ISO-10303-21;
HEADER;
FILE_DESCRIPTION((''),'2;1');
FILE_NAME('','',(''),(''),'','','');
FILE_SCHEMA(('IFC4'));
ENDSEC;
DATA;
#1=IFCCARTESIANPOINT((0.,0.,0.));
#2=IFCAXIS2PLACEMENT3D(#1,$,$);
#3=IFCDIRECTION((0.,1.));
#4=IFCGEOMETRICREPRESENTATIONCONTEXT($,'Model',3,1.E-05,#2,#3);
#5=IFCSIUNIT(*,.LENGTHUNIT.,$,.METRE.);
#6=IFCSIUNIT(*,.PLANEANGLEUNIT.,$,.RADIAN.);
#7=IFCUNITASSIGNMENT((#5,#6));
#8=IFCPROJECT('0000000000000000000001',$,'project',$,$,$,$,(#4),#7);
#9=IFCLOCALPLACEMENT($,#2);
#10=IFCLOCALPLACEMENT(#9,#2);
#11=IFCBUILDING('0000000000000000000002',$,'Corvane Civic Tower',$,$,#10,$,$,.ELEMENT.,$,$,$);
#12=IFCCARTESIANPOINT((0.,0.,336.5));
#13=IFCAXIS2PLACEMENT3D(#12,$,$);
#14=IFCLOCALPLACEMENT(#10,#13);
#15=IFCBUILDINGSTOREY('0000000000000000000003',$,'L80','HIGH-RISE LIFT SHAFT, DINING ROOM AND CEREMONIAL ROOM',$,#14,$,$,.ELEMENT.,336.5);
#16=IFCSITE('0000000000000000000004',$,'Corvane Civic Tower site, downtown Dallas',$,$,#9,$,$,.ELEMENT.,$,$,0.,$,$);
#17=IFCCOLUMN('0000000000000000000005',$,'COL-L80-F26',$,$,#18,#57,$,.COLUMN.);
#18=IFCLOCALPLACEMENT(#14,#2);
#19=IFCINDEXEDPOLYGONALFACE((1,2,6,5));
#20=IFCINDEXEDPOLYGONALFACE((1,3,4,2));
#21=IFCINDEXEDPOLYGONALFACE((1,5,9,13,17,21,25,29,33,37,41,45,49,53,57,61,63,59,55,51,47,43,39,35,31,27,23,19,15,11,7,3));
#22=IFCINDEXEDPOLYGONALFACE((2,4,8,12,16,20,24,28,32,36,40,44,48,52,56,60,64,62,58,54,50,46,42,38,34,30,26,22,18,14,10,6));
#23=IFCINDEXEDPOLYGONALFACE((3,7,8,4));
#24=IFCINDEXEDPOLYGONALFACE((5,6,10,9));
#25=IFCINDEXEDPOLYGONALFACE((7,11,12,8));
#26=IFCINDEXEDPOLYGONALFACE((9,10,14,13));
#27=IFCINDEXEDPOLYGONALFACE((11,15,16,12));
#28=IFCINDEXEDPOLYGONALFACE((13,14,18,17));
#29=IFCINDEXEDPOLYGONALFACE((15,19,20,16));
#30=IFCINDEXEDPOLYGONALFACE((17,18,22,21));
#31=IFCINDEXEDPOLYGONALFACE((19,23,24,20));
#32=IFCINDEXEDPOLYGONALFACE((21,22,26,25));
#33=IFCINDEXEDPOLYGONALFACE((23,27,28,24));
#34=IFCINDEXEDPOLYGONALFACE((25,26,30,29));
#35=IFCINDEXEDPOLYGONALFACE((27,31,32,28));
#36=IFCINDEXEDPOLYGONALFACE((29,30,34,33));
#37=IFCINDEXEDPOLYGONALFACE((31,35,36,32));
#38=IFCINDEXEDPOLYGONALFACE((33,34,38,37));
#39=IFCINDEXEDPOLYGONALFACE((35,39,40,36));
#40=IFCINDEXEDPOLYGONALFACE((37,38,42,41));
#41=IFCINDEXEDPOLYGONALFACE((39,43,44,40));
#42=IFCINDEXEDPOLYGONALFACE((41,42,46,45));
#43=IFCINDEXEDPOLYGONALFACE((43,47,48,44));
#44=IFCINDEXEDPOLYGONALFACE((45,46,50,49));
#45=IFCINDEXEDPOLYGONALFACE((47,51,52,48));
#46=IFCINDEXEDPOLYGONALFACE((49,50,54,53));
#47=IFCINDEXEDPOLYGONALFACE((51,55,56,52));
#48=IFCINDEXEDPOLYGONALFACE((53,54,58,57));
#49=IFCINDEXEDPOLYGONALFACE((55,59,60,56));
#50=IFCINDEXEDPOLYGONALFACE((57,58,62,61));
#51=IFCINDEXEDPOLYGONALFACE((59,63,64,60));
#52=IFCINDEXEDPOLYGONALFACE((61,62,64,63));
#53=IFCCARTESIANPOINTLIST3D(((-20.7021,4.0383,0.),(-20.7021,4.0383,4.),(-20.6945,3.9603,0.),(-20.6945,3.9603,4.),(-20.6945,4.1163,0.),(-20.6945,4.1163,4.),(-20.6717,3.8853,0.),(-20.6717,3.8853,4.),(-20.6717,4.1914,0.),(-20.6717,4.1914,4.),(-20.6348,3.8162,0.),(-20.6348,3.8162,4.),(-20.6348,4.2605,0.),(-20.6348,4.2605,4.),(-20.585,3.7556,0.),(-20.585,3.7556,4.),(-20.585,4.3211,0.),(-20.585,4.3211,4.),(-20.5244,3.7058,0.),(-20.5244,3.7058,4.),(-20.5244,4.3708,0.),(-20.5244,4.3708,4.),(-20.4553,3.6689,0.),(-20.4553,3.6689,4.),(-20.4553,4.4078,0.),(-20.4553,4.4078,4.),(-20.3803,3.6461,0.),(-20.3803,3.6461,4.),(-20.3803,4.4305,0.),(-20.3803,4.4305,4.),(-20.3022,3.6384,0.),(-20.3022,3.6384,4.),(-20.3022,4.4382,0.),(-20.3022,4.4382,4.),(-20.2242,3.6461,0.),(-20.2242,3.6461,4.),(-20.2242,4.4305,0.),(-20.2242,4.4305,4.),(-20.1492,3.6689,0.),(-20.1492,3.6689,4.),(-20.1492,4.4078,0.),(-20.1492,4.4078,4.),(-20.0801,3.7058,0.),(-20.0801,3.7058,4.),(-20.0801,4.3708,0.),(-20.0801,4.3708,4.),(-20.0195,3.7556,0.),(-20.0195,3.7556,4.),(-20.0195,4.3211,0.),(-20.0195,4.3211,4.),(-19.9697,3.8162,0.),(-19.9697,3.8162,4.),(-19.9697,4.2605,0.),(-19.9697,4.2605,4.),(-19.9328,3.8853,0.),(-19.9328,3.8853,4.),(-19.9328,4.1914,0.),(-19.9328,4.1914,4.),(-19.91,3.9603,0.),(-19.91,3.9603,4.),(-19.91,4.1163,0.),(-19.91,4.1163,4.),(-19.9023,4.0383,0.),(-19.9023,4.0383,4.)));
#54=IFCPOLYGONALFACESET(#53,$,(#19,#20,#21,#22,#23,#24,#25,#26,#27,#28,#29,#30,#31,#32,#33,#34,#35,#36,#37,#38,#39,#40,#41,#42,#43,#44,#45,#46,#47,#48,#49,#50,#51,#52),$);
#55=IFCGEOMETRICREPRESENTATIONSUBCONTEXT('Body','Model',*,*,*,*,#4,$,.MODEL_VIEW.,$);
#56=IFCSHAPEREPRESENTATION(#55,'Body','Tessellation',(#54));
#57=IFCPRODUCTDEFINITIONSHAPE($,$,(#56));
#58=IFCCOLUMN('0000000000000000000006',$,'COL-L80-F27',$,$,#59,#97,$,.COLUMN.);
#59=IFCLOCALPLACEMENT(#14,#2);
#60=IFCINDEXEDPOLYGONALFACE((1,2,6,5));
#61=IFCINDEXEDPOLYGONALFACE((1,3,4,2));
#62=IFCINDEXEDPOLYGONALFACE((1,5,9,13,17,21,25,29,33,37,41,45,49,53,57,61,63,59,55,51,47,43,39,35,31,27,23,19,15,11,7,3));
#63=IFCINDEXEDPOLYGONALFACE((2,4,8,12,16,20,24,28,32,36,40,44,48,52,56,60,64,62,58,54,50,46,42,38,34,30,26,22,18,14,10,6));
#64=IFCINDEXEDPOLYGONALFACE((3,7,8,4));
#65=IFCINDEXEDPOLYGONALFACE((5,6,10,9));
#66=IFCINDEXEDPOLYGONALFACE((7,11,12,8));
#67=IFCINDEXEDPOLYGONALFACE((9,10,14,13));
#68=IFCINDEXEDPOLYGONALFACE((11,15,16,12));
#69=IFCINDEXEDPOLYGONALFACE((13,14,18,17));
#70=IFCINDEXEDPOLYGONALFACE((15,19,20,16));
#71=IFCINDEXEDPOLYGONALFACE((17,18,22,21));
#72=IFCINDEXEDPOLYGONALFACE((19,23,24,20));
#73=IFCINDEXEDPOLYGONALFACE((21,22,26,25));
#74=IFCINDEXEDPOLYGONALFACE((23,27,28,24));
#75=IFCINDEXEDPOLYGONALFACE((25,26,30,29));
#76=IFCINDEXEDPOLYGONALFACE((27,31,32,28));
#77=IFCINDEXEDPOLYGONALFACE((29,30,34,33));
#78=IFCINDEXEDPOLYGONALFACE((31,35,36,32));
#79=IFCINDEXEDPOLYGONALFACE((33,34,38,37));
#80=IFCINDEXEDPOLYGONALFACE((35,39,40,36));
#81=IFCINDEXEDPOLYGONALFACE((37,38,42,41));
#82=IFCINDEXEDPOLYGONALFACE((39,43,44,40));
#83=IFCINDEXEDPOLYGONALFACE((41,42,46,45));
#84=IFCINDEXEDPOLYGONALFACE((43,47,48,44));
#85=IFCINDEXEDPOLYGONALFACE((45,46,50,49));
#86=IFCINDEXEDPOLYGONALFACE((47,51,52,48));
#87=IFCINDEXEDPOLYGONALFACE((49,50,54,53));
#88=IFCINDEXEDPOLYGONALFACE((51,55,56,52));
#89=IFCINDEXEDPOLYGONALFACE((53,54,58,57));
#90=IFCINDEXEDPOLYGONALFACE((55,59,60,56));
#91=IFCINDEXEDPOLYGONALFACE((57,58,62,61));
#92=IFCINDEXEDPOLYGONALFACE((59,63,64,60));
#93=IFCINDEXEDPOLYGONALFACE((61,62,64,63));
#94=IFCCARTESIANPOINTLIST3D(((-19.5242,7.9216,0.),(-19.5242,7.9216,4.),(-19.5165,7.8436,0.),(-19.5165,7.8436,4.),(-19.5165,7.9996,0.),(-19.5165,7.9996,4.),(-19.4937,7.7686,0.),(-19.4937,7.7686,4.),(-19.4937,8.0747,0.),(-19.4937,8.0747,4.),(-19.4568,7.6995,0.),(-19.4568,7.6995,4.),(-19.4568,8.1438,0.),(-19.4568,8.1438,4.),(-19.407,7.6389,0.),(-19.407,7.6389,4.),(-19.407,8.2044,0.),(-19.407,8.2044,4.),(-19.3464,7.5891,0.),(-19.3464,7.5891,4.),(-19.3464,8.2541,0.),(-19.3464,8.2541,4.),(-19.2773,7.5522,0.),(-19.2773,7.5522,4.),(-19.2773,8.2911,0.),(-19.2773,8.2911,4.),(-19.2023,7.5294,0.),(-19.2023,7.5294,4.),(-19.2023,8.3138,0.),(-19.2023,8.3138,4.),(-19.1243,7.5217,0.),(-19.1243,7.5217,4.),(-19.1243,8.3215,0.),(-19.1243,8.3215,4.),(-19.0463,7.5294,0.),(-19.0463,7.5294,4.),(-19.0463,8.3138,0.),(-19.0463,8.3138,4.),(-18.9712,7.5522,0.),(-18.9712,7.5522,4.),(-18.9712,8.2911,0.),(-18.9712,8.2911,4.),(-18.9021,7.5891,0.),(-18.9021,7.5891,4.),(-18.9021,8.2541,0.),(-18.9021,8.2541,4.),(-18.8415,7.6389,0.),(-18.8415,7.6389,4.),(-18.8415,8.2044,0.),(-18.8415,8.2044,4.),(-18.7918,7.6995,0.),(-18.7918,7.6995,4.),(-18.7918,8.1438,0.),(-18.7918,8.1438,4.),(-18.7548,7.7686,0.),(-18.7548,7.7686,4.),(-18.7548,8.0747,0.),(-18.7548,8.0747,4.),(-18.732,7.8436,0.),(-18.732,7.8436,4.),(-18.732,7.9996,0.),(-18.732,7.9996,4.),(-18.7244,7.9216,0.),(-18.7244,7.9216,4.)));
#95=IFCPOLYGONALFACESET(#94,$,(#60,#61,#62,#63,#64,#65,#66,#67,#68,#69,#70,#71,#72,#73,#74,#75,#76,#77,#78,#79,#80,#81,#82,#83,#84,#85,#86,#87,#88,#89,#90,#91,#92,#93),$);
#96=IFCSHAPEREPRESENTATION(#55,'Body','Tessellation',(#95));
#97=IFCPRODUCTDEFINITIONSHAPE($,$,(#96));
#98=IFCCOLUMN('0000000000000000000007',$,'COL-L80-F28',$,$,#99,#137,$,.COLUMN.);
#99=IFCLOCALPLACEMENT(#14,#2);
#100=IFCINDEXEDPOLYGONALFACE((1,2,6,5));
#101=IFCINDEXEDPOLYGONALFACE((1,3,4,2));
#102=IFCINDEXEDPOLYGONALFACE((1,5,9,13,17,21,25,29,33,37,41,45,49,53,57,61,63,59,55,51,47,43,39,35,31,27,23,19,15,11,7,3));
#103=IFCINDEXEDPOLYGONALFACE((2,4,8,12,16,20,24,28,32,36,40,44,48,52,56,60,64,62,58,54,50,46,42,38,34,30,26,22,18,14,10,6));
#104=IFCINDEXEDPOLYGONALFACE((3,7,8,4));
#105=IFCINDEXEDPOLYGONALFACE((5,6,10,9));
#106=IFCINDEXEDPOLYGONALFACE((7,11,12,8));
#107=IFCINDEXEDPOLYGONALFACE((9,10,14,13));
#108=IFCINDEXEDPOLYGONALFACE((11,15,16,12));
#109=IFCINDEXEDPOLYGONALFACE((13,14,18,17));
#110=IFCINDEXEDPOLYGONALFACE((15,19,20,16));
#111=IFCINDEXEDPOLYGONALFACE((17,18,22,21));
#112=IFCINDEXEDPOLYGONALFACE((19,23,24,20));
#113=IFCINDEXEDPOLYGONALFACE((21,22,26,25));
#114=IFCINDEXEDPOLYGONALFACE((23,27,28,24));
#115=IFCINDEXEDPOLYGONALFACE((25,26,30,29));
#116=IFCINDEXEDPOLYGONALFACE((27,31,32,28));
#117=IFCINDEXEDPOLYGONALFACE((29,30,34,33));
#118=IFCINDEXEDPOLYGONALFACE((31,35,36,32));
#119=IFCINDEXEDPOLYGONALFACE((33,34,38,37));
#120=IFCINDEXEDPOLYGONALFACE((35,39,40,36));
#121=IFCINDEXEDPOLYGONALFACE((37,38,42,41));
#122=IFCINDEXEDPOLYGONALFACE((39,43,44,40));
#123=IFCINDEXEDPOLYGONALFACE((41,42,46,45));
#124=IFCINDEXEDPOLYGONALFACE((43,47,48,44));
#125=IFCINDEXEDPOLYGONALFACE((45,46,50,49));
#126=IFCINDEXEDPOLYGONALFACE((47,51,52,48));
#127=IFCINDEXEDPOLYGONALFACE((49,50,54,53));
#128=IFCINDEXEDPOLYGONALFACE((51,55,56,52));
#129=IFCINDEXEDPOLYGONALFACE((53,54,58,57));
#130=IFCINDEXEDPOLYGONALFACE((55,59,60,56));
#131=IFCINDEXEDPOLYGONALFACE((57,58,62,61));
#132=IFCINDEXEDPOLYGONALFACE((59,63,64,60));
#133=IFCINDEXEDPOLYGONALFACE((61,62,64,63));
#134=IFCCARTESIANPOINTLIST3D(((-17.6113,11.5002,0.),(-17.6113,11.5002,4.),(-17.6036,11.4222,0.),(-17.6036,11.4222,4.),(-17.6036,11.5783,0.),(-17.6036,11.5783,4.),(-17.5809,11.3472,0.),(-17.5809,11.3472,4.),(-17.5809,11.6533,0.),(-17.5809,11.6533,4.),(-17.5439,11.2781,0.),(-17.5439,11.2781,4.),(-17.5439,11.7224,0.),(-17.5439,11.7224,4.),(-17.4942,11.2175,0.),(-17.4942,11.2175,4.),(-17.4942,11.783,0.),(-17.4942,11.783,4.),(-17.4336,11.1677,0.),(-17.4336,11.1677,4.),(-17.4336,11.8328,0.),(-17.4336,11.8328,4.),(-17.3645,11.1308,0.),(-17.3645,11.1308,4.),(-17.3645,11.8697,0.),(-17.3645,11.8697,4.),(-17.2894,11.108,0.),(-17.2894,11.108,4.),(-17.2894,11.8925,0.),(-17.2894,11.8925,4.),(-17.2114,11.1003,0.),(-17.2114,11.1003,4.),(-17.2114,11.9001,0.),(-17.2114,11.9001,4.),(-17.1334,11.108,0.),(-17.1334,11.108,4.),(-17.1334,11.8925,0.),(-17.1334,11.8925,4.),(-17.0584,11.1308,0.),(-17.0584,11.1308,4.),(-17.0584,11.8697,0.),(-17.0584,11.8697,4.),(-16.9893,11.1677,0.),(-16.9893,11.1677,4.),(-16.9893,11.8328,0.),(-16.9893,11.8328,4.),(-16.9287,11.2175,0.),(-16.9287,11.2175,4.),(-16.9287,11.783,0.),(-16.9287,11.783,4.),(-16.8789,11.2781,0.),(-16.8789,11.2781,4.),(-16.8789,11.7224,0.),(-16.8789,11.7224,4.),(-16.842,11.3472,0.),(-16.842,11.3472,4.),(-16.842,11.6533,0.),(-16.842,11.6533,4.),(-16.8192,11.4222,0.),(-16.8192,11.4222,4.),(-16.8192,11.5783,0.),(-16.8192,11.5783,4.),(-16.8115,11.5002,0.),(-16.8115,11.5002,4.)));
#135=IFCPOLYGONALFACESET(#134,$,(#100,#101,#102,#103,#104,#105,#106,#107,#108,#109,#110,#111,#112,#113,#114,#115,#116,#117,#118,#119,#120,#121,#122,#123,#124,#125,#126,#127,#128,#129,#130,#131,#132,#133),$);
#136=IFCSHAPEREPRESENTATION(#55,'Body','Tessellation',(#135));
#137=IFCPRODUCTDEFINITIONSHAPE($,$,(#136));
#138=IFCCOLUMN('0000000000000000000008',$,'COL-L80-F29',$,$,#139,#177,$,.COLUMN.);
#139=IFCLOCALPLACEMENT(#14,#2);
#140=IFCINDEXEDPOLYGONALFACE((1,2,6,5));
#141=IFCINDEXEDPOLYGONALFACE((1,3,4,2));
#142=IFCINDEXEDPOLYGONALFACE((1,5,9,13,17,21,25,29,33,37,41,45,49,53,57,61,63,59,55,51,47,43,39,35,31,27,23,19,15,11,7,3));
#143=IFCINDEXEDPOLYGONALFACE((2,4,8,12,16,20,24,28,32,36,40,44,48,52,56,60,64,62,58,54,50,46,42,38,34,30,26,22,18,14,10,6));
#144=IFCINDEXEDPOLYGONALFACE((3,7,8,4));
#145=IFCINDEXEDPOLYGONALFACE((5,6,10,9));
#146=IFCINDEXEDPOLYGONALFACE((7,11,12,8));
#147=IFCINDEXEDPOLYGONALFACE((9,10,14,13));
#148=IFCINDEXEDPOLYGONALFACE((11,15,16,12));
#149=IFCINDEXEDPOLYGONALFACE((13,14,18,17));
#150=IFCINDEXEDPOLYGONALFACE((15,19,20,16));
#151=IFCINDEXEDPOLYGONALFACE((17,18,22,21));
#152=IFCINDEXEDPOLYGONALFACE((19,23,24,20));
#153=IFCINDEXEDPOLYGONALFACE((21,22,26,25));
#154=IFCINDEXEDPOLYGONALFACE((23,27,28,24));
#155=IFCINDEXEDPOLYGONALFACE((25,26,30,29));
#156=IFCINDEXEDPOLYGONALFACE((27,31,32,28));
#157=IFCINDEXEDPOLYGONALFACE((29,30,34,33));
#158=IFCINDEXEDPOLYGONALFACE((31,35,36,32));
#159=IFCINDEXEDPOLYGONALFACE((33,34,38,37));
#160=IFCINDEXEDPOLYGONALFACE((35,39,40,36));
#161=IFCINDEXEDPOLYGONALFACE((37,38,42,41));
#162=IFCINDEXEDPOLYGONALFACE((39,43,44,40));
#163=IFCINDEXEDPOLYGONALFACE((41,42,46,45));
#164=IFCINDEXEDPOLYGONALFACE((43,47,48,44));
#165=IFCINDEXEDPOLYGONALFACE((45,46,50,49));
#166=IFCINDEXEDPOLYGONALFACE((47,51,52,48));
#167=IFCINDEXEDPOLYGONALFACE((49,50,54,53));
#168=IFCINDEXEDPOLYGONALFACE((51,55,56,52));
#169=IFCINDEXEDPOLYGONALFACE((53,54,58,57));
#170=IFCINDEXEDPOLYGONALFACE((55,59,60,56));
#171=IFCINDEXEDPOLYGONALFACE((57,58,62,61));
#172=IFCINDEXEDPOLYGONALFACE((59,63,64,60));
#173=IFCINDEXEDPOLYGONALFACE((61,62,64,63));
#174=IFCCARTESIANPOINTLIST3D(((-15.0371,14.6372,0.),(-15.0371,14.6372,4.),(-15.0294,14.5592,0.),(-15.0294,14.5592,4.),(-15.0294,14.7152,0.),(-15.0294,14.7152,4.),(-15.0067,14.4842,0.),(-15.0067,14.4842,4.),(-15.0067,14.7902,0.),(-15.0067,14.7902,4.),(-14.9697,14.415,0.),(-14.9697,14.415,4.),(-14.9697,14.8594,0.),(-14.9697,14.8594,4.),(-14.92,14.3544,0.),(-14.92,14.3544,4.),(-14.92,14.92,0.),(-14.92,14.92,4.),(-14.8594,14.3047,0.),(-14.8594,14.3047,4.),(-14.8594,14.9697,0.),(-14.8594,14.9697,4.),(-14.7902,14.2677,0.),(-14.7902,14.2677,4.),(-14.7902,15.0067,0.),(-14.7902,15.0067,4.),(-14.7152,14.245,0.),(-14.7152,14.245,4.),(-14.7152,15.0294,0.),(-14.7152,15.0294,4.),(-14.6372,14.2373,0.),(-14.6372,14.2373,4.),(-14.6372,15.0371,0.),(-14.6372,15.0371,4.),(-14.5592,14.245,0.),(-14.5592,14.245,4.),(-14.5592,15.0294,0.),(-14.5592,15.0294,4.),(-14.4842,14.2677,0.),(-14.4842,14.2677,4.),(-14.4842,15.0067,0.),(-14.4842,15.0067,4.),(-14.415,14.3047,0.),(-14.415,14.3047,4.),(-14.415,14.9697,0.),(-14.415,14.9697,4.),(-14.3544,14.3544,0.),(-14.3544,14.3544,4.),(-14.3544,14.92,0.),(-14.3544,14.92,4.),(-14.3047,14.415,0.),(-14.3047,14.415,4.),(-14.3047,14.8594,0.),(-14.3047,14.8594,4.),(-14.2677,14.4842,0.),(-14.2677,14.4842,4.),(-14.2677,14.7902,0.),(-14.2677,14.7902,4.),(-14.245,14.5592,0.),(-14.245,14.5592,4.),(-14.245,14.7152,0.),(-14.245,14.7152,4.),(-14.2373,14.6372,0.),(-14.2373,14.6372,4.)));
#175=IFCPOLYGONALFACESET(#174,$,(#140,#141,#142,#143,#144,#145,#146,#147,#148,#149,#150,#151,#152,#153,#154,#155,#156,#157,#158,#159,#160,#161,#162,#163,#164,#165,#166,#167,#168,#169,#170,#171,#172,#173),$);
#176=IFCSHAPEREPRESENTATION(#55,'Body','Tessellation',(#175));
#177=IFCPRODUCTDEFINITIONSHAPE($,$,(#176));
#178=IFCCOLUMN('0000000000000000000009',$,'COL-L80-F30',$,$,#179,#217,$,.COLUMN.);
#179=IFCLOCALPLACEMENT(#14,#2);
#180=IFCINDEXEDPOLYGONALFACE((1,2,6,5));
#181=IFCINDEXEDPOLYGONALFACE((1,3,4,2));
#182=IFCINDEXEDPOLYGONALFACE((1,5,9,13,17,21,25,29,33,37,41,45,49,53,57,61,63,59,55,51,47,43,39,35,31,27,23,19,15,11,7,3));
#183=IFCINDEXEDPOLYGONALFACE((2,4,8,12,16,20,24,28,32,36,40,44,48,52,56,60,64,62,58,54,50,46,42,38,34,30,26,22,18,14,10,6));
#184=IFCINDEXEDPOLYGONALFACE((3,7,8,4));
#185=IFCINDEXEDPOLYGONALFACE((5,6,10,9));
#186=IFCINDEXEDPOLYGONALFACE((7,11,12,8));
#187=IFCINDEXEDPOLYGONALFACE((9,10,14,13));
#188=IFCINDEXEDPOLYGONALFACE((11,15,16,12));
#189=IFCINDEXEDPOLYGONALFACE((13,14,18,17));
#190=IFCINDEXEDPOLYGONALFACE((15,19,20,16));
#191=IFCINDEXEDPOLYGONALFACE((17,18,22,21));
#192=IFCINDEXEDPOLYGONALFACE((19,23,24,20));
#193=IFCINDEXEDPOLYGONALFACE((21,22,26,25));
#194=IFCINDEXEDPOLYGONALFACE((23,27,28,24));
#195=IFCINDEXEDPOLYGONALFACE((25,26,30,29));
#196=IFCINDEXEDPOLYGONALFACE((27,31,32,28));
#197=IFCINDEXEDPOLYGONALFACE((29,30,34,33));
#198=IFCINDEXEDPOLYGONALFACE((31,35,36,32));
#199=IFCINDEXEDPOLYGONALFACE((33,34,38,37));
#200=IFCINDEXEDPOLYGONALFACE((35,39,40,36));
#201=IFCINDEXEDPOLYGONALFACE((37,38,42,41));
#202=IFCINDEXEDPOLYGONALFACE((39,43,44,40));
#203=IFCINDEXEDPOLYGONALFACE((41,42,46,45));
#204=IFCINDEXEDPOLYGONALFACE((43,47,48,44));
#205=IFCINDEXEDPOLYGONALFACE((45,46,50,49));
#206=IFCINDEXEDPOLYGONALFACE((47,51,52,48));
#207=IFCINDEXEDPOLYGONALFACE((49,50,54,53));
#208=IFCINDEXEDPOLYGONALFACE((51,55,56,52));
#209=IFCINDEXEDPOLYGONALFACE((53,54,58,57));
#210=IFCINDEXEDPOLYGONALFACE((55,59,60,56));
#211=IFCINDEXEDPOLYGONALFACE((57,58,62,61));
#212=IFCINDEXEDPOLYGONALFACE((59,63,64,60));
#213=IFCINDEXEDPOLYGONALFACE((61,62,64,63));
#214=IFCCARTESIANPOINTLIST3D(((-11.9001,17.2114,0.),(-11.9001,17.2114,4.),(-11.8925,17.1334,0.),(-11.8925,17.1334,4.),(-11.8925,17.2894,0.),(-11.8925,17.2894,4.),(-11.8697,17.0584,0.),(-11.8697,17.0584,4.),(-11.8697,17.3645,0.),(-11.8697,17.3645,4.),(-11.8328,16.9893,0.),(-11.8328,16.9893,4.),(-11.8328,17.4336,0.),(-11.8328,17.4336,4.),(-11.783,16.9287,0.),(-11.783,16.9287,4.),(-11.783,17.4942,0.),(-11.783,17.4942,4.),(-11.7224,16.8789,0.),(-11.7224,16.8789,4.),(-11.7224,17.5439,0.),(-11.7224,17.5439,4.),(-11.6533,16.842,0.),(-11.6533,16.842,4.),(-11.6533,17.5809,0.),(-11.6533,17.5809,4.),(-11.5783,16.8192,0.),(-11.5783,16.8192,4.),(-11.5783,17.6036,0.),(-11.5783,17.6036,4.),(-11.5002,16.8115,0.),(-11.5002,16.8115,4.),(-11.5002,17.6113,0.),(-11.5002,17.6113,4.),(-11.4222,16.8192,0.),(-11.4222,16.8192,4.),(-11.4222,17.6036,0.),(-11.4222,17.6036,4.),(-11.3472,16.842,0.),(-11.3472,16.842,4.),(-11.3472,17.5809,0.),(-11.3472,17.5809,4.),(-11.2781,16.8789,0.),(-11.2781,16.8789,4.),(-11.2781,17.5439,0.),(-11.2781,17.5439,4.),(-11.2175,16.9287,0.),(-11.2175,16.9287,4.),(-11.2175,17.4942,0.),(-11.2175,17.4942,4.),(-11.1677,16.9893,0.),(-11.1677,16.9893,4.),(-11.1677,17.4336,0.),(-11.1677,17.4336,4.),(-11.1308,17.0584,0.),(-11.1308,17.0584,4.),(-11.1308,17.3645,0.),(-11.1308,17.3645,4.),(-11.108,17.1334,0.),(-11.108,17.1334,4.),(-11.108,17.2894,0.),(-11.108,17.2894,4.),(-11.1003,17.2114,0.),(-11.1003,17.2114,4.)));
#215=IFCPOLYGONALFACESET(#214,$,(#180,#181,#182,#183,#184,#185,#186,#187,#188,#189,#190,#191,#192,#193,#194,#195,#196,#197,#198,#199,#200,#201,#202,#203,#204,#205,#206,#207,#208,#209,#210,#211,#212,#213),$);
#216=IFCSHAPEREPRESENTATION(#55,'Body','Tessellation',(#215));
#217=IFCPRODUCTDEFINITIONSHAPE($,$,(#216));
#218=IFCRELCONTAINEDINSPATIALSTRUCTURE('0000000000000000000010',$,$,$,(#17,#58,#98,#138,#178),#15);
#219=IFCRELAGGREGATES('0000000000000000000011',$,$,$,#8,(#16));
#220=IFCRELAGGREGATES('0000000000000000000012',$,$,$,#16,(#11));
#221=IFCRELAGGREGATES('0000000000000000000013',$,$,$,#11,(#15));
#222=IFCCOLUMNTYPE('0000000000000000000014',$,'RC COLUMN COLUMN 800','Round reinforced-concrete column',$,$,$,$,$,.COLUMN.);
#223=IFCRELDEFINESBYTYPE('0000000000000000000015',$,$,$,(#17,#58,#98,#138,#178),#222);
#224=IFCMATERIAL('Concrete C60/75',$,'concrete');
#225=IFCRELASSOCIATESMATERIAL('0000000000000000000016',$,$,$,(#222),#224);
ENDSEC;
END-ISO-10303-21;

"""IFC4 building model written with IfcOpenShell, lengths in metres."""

from ifc_helpers import new_model, si_unit, direction, frame, origin, origin_2d, place, context, subcontext, project, spatial, circle, extrude, material, material_profile, profile_set, type_object, element, save


model = new_model("IFC4")

# Units and contexts
model_context = context("Model", 3, precision=1e-05, world=origin(), true_north=direction((0.0, 1.0)))
body_context = subcontext(model_context, "Body", "Model", "MODEL_VIEW")
ifc_project = project(units=[si_unit("LENGTHUNIT", "METRE"), si_unit("PLANEANGLEUNIT", "RADIAN")], contexts=[model_context])

# Site, building, storey
site_placement = place(None, origin())
site = spatial("IfcSite", under=ifc_project, at=site_placement, Name="Corvane Civic Tower site, downtown Dallas", CompositionType="ELEMENT", RefElevation=0.0)
building_placement = place(site_placement, origin())
building = spatial("IfcBuilding", under=site, at=building_placement, Name="Corvane Civic Tower", CompositionType="ELEMENT")
storey_placement = place(building_placement, frame((0.0, 0.0, 336.5)))
storey = spatial("IfcBuildingStorey", under=building, at=storey_placement, Name="L80", Description="HIGH-RISE LIFT SHAFT, DINING ROOM AND CEREMONIAL ROOM", CompositionType="ELEMENT", Elevation=336.5)

# Columns
ifc_material_1 = material(Name="Concrete C60/75", Category="concrete")
ifc_material_profile_1 = material_profile(ifc_material_1, circle(Radius=0.3999, at=origin_2d()), Name="COLUMN 800")
ifc_profile_set_1 = profile_set([ifc_material_profile_1], Name="Concrete C60/75")
column_type = type_object("IfcColumnType", Name="RC COLUMN COLUMN 800", Description="Round reinforced-concrete column", PredefinedType="COLUMN", material=ifc_profile_set_1)
for number, where, z_axis, x_axis, name in (
    (1, (-20.3022, 4.0383, 0.0), (0.0, 0.0, 1.0), (1.0, 0.0, 0.0), "COL-L80-F26"),
    (2, (-19.1243, 7.9216, 0.0), (0.0, 0.0, 1.0), (1.0, 0.0, 0.0), "COL-L80-F27"),
    (3, (-17.2114, 11.5002, 0.0), (0.0, 0.0, 1.0), (1.0, 0.0, 0.0), "COL-L80-F28"),
    (4, (-14.6372, 14.6372, 0.0), (0.0, 0.0, 1.0), (1.0, 0.0, 0.0), "COL-L80-F29"),
    (5, (-11.5002, 17.2114, 0.0), (0.0, 0.0, 1.0), (1.0, 0.0, 0.0), "COL-L80-F30"),
):
    element("IfcColumn", number, at=place(storey_placement, frame(where, z_axis=z_axis, x_axis=x_axis)), inside=storey, type_object=column_type, Name=name, PredefinedType="COLUMN", context=body_context, shape_type="SweptSolid", body=[
        extrude(circle(Radius=0.3999, at=origin_2d()), origin(), (0.0, 0.0, 1.0), 4.0),
    ])

save(model, "model.ifc")
